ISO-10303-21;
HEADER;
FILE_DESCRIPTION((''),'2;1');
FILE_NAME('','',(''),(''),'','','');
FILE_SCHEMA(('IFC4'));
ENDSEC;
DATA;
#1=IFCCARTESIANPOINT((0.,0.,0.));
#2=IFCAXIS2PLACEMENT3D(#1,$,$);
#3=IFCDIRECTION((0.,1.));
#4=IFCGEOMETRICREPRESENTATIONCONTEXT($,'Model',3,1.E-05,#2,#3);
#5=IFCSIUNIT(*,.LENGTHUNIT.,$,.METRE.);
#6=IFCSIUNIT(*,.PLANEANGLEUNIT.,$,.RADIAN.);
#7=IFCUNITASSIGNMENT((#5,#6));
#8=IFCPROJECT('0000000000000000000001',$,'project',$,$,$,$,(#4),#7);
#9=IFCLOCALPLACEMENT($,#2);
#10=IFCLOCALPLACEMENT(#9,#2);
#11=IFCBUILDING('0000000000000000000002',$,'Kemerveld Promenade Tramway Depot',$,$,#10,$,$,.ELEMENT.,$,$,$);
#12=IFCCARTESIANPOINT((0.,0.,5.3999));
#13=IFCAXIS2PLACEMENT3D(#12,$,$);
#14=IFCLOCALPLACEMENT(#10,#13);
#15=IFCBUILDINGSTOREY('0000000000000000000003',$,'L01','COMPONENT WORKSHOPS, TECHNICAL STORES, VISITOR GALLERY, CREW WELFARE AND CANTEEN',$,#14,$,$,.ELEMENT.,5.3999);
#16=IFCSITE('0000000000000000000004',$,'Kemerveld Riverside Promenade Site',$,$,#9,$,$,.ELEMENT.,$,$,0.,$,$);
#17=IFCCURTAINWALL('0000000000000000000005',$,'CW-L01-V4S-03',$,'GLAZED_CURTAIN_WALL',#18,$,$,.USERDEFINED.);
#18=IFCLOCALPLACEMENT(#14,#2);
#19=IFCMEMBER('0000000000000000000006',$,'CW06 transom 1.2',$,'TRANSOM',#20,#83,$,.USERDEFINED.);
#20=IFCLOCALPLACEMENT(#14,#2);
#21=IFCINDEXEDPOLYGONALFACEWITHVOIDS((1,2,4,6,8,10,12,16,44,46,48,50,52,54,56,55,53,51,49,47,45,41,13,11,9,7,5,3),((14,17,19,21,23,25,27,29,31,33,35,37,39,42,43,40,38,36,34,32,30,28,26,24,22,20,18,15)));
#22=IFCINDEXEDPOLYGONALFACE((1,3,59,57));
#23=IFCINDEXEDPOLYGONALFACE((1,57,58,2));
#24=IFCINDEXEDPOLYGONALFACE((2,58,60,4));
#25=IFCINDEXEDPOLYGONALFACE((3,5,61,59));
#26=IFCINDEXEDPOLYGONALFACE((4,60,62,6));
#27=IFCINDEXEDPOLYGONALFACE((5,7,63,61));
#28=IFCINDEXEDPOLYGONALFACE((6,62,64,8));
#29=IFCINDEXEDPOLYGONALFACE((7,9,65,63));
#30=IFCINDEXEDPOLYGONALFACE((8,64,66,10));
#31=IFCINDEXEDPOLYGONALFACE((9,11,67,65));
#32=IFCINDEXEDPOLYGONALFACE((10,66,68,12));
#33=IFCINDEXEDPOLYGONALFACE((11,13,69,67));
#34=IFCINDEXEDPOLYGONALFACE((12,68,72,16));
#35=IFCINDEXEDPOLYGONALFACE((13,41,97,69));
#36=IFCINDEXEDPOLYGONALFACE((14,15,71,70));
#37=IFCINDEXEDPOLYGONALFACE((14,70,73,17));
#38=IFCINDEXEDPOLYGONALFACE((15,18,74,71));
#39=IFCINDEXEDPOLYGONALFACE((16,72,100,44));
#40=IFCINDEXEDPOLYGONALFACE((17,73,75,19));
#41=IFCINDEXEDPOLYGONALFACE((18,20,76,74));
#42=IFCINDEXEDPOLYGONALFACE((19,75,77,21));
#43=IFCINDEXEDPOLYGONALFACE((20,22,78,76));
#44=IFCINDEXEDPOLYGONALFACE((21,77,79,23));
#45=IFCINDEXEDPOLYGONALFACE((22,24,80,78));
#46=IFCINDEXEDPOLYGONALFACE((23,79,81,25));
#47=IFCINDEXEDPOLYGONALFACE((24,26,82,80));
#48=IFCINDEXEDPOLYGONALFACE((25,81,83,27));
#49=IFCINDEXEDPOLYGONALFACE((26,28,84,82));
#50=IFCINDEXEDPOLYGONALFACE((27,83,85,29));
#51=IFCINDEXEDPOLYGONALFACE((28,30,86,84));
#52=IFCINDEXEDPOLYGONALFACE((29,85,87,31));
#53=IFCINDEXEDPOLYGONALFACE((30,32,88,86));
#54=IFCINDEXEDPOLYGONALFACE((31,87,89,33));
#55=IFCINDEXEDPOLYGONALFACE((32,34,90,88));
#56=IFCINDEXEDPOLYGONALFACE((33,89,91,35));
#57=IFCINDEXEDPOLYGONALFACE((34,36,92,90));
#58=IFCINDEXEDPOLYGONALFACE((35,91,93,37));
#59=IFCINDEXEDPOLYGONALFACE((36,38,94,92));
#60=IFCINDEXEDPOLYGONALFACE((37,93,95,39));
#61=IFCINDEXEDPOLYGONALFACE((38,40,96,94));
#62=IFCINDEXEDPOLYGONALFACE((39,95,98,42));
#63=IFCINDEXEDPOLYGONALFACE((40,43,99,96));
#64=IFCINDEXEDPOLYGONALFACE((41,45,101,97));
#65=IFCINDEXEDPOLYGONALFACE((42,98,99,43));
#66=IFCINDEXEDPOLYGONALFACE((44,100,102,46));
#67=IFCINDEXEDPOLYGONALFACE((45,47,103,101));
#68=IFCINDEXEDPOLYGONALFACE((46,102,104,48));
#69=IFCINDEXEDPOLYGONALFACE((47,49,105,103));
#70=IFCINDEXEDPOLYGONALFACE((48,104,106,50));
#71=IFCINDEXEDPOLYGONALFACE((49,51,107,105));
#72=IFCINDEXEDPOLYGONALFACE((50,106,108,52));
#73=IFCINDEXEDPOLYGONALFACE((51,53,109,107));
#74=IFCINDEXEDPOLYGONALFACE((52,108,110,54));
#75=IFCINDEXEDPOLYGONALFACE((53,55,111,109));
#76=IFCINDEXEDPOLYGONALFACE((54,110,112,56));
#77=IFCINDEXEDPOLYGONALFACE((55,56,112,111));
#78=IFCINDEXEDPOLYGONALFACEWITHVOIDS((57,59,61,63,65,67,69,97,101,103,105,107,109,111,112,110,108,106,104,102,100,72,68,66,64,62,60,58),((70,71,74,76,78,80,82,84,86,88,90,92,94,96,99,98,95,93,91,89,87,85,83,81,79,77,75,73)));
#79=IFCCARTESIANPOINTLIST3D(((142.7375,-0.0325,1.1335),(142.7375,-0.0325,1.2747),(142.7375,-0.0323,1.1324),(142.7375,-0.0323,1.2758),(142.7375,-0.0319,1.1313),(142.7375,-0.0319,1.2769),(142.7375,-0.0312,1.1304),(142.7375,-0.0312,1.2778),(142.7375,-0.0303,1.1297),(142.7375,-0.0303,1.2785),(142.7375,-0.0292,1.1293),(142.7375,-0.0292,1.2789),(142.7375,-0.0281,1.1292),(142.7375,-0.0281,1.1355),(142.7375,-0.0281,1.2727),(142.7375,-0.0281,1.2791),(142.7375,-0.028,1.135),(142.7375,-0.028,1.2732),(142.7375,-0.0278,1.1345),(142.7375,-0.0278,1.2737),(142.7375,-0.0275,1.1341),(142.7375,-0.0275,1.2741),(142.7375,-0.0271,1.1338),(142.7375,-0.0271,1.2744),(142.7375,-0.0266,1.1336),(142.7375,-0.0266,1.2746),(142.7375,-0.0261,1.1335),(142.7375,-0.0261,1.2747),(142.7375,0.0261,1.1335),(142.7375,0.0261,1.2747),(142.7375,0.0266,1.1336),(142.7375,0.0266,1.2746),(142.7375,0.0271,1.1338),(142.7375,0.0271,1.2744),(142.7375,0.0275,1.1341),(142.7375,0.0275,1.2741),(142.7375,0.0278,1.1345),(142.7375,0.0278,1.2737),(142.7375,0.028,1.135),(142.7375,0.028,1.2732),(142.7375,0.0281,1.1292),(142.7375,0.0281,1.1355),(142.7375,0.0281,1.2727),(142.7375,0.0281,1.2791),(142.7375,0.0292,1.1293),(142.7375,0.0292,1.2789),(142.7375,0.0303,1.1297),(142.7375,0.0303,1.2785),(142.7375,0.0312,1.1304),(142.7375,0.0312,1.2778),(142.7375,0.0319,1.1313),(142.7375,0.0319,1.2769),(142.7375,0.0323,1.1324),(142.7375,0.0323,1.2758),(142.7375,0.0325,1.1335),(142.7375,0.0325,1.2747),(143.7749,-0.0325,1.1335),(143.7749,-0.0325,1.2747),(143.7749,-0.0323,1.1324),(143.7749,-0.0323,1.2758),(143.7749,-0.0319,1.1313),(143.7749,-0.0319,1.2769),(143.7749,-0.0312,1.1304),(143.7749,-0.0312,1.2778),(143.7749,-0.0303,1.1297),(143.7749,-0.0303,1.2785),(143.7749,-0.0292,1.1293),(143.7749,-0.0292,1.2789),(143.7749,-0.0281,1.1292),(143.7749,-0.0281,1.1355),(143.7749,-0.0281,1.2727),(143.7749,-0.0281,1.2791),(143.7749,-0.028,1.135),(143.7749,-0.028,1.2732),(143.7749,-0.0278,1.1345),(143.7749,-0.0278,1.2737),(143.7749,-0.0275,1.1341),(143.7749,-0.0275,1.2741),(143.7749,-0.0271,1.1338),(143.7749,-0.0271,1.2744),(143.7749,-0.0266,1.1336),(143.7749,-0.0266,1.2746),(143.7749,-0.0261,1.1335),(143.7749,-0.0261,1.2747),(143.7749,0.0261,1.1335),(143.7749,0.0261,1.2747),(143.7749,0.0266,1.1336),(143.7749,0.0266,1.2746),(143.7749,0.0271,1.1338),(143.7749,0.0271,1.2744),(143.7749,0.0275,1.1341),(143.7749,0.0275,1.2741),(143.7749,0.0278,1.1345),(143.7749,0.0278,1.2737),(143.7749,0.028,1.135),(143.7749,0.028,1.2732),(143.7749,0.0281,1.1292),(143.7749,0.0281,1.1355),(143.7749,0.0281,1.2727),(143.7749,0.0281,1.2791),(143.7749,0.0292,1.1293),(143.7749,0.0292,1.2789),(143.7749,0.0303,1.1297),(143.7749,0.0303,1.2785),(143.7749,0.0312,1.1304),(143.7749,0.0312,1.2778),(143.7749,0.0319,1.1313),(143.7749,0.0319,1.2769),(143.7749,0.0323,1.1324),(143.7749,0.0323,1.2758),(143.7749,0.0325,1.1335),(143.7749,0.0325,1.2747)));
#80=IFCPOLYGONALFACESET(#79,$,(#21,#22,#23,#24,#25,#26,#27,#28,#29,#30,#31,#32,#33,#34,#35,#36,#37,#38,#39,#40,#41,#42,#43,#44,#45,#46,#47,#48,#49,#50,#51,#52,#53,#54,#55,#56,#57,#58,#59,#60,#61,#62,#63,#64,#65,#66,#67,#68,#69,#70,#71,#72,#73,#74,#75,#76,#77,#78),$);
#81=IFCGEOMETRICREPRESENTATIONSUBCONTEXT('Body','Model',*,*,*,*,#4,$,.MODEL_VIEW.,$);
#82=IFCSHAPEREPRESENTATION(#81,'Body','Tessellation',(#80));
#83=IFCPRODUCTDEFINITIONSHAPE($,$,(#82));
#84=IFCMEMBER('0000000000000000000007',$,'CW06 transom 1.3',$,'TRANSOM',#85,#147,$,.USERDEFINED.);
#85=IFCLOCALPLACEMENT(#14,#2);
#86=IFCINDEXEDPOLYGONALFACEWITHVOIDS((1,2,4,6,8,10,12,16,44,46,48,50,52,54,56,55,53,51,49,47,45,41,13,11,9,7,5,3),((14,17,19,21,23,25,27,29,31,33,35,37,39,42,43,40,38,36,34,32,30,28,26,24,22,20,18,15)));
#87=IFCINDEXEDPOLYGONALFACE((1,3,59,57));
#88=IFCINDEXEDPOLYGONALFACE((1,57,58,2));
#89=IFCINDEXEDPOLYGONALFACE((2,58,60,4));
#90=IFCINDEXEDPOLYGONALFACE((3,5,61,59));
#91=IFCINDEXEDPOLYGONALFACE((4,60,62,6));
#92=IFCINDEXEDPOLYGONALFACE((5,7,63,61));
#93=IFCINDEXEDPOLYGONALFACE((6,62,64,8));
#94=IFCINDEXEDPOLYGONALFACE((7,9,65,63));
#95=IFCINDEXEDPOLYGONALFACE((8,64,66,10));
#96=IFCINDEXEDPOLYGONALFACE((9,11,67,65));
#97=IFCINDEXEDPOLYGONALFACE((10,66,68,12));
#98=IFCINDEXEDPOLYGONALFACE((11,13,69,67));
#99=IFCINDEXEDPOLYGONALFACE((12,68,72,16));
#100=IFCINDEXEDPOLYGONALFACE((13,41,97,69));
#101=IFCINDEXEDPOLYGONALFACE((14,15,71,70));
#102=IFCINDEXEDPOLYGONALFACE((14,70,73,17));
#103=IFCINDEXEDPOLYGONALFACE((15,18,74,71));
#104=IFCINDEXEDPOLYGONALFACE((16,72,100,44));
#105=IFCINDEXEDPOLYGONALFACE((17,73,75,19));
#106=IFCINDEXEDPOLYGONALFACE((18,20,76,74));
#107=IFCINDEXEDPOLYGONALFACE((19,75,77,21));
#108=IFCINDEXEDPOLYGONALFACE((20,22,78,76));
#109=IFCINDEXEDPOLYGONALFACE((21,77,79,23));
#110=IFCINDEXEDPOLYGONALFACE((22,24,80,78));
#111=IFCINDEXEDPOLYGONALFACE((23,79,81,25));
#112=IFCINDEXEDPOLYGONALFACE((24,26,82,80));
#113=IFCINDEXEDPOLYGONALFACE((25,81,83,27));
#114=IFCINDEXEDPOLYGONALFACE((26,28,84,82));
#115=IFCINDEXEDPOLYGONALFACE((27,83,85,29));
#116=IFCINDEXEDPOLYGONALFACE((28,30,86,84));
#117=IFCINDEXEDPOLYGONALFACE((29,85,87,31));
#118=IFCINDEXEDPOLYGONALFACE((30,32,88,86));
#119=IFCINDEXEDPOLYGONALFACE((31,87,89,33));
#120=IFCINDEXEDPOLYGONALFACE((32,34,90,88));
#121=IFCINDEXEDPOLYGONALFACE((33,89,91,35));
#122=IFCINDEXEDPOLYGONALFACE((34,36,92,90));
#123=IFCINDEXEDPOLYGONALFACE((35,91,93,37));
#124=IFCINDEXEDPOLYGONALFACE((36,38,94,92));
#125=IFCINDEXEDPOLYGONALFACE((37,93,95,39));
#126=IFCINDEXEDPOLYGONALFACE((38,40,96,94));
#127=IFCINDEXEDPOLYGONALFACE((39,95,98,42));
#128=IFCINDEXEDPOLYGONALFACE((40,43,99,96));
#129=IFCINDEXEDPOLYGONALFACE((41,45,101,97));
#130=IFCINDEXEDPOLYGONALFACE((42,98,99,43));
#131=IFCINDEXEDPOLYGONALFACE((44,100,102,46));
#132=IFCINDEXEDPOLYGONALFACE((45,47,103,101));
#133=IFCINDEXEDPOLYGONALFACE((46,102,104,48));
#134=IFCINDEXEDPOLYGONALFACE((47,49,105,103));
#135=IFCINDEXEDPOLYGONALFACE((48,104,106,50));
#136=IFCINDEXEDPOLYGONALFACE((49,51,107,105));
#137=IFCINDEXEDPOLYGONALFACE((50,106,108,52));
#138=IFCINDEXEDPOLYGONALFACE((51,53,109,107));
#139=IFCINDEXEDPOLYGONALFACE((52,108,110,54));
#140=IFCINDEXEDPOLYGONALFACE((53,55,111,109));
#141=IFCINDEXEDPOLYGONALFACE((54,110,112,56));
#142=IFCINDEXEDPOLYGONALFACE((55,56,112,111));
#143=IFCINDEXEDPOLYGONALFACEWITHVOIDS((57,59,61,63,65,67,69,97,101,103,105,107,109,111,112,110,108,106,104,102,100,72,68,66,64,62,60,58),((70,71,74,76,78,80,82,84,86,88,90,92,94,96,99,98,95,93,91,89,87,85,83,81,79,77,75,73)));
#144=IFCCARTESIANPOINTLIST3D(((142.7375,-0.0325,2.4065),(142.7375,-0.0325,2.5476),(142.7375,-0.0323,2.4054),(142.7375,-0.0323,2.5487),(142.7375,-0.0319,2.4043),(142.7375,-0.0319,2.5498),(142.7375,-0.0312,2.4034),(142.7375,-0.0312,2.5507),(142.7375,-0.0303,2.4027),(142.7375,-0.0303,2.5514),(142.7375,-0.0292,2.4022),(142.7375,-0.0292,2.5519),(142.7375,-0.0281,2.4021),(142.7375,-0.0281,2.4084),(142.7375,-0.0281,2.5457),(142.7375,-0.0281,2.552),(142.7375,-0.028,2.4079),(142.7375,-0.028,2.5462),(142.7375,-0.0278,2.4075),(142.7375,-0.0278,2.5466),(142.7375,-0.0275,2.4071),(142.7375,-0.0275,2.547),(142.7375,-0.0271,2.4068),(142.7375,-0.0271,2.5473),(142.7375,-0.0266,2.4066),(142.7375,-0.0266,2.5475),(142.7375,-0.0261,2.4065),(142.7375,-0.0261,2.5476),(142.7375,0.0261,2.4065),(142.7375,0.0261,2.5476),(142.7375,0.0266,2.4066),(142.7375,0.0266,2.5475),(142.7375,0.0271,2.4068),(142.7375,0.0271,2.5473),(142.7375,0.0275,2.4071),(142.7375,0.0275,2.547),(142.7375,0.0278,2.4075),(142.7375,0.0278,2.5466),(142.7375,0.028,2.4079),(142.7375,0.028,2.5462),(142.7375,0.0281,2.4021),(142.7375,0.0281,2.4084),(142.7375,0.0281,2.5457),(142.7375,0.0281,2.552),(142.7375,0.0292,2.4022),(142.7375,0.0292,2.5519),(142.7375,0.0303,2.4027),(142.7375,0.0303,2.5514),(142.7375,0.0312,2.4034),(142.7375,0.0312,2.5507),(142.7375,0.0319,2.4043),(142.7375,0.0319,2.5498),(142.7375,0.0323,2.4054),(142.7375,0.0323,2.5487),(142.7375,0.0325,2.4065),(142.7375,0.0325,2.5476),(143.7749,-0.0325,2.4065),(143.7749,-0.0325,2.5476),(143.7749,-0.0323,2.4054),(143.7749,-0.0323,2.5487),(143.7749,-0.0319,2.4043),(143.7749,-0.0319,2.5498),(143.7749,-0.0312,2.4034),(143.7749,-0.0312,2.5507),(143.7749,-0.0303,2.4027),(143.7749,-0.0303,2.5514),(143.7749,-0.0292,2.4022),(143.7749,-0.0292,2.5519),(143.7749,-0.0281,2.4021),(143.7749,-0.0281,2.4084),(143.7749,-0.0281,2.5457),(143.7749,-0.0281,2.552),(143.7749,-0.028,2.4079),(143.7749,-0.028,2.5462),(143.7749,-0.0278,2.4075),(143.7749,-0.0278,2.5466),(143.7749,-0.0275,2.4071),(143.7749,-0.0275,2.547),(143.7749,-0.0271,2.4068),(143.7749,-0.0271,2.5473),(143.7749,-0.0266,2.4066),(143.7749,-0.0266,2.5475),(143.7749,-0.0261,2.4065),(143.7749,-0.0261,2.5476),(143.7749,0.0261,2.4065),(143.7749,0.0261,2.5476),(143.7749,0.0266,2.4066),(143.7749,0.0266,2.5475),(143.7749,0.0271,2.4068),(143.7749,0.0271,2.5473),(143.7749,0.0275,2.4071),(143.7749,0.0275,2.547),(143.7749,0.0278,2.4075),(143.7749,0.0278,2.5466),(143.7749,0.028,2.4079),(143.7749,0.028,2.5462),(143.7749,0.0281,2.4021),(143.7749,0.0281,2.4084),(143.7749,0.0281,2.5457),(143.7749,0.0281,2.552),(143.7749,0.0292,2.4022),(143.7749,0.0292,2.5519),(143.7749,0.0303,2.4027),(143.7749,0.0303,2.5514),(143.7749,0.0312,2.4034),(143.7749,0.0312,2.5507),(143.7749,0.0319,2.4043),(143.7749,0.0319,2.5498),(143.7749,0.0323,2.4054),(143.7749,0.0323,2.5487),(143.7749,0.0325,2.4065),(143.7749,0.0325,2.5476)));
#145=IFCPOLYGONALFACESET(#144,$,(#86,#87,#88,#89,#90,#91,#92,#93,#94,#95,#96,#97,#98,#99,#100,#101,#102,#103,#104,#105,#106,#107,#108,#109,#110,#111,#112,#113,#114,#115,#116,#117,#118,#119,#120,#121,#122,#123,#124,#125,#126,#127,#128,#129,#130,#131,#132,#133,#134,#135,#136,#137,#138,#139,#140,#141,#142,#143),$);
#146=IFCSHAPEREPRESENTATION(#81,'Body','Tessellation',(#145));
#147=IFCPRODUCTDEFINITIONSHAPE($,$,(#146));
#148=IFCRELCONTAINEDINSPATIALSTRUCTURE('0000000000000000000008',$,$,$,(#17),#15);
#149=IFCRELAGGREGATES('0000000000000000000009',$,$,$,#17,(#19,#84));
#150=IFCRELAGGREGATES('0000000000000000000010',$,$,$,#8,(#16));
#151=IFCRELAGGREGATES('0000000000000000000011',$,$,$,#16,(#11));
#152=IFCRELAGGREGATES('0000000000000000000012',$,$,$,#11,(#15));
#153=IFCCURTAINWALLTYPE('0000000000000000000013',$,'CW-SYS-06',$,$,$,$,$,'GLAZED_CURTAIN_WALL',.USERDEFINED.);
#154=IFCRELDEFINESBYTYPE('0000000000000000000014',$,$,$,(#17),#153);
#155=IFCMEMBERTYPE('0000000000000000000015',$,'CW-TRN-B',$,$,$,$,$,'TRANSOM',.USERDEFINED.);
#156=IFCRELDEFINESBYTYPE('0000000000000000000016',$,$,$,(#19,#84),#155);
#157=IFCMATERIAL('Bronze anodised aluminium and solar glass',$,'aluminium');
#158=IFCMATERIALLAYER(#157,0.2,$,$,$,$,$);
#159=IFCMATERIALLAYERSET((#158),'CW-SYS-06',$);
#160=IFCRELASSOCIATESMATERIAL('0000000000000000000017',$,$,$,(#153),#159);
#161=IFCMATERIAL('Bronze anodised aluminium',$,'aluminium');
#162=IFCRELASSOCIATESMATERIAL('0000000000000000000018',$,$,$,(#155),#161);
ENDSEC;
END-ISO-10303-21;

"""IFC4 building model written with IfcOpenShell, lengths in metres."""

from ifc_helpers import new_model, si_unit, direction, frame, origin, origin_2d, place, context, subcontext, project, spatial, hollow_rectangle, extrude, material, layer, layer_set, material_profile, profile_set, type_object, element, aggregate, save


model = new_model("IFC4")

# Units and contexts
model_context = context("Model", 3, precision=1e-05, world=origin(), true_north=direction((0.0, 1.0)))
body_context = subcontext(model_context, "Body", "Model", "MODEL_VIEW")
ifc_project = project(units=[si_unit("LENGTHUNIT", "METRE"), si_unit("PLANEANGLEUNIT", "RADIAN")], contexts=[model_context])

# Site, building, storey
site_placement = place(None, origin())
site = spatial("IfcSite", under=ifc_project, at=site_placement, Name="Kemerveld Riverside Promenade Site", CompositionType="ELEMENT", RefElevation=0.0)
building_placement = place(site_placement, origin())
building = spatial("IfcBuilding", under=site, at=building_placement, Name="Kemerveld Promenade Tramway Depot", CompositionType="ELEMENT")
storey_placement = place(building_placement, frame((0.0, 0.0, 5.3999)))
storey = spatial("IfcBuildingStorey", under=building, at=storey_placement, Name="L01", Description="COMPONENT WORKSHOPS, TECHNICAL STORES, VISITOR GALLERY, CREW WELFARE AND CANTEEN", CompositionType="ELEMENT", Elevation=5.3999)

# Shared definitions
ifc_material_1 = material(Name="Bronze anodised aluminium and solar glass", Category="aluminium")
ifc_material_2 = material(Name="Bronze anodised aluminium", Category="aluminium")

# Curtain wall
ifc_layer_1 = layer(ifc_material_1, 0.2)
ifc_layer_set_1 = layer_set([ifc_layer_1], Name="CW-SYS-06")
curtain_wall_type_1 = type_object("IfcCurtainWallType", Name="CW-SYS-06", ElementType="GLAZED_CURTAIN_WALL", PredefinedType="USERDEFINED", material=ifc_layer_set_1)
curtain_wall_1_placement = place(storey_placement, origin())
curtain_wall_1 = element("IfcCurtainWall", 1, at=curtain_wall_1_placement, inside=storey, type_object=curtain_wall_type_1, Name="CW-L01-V4S-03", ObjectType="GLAZED_CURTAIN_WALL", PredefinedType="USERDEFINED")

# Members
ifc_material_profile_1 = material_profile(ifc_material_2, hollow_rectangle(XDim=0.0649, YDim=0.1499, WallThickness=0.0044, InnerFilletRadius=0.002, OuterFilletRadius=0.0044, at=origin_2d()), Name="CW-TRN-150x65")
ifc_profile_set_1 = profile_set([ifc_material_profile_1], Name="Bronze anodised aluminium")
member_type_1 = type_object("IfcMemberType", Name="CW-TRN-B", ElementType="TRANSOM", PredefinedType="USERDEFINED", material=ifc_profile_set_1)
member_1_placement = place(storey_placement, frame((143.7749, 0.0, 1.2041), z_axis=(-1.0, 0.0, 0.0), x_axis=(0.0, -1.0, 0.0)))
member_1 = element("IfcMember", 2, at=member_1_placement, type_object=member_type_1, Name="CW06 transom 1.2", ObjectType="TRANSOM", PredefinedType="USERDEFINED", context=body_context, shape_type="SweptSolid", body=[
    extrude(hollow_rectangle(XDim=0.0649, YDim=0.1499, WallThickness=0.0044, InnerFilletRadius=0.002, OuterFilletRadius=0.0044, at=origin_2d()), origin(), (0.0, 0.0, 1.0), 1.0374),
])
member_2_placement = place(storey_placement, frame((143.7749, 0.0, 2.4771), z_axis=(-1.0, 0.0, 0.0), x_axis=(0.0, -1.0, 0.0)))
member_2 = element("IfcMember", 3, at=member_2_placement, type_object=member_type_1, Name="CW06 transom 1.3", ObjectType="TRANSOM", PredefinedType="USERDEFINED", context=body_context, shape_type="SweptSolid", body=[
    extrude(hollow_rectangle(XDim=0.0649, YDim=0.1499, WallThickness=0.0044, InnerFilletRadius=0.002, OuterFilletRadius=0.0044, at=origin_2d()), origin(), (0.0, 0.0, 1.0), 1.0374),
])

aggregate(curtain_wall_1, [member_1, member_2])

save(model, "model.ifc")
